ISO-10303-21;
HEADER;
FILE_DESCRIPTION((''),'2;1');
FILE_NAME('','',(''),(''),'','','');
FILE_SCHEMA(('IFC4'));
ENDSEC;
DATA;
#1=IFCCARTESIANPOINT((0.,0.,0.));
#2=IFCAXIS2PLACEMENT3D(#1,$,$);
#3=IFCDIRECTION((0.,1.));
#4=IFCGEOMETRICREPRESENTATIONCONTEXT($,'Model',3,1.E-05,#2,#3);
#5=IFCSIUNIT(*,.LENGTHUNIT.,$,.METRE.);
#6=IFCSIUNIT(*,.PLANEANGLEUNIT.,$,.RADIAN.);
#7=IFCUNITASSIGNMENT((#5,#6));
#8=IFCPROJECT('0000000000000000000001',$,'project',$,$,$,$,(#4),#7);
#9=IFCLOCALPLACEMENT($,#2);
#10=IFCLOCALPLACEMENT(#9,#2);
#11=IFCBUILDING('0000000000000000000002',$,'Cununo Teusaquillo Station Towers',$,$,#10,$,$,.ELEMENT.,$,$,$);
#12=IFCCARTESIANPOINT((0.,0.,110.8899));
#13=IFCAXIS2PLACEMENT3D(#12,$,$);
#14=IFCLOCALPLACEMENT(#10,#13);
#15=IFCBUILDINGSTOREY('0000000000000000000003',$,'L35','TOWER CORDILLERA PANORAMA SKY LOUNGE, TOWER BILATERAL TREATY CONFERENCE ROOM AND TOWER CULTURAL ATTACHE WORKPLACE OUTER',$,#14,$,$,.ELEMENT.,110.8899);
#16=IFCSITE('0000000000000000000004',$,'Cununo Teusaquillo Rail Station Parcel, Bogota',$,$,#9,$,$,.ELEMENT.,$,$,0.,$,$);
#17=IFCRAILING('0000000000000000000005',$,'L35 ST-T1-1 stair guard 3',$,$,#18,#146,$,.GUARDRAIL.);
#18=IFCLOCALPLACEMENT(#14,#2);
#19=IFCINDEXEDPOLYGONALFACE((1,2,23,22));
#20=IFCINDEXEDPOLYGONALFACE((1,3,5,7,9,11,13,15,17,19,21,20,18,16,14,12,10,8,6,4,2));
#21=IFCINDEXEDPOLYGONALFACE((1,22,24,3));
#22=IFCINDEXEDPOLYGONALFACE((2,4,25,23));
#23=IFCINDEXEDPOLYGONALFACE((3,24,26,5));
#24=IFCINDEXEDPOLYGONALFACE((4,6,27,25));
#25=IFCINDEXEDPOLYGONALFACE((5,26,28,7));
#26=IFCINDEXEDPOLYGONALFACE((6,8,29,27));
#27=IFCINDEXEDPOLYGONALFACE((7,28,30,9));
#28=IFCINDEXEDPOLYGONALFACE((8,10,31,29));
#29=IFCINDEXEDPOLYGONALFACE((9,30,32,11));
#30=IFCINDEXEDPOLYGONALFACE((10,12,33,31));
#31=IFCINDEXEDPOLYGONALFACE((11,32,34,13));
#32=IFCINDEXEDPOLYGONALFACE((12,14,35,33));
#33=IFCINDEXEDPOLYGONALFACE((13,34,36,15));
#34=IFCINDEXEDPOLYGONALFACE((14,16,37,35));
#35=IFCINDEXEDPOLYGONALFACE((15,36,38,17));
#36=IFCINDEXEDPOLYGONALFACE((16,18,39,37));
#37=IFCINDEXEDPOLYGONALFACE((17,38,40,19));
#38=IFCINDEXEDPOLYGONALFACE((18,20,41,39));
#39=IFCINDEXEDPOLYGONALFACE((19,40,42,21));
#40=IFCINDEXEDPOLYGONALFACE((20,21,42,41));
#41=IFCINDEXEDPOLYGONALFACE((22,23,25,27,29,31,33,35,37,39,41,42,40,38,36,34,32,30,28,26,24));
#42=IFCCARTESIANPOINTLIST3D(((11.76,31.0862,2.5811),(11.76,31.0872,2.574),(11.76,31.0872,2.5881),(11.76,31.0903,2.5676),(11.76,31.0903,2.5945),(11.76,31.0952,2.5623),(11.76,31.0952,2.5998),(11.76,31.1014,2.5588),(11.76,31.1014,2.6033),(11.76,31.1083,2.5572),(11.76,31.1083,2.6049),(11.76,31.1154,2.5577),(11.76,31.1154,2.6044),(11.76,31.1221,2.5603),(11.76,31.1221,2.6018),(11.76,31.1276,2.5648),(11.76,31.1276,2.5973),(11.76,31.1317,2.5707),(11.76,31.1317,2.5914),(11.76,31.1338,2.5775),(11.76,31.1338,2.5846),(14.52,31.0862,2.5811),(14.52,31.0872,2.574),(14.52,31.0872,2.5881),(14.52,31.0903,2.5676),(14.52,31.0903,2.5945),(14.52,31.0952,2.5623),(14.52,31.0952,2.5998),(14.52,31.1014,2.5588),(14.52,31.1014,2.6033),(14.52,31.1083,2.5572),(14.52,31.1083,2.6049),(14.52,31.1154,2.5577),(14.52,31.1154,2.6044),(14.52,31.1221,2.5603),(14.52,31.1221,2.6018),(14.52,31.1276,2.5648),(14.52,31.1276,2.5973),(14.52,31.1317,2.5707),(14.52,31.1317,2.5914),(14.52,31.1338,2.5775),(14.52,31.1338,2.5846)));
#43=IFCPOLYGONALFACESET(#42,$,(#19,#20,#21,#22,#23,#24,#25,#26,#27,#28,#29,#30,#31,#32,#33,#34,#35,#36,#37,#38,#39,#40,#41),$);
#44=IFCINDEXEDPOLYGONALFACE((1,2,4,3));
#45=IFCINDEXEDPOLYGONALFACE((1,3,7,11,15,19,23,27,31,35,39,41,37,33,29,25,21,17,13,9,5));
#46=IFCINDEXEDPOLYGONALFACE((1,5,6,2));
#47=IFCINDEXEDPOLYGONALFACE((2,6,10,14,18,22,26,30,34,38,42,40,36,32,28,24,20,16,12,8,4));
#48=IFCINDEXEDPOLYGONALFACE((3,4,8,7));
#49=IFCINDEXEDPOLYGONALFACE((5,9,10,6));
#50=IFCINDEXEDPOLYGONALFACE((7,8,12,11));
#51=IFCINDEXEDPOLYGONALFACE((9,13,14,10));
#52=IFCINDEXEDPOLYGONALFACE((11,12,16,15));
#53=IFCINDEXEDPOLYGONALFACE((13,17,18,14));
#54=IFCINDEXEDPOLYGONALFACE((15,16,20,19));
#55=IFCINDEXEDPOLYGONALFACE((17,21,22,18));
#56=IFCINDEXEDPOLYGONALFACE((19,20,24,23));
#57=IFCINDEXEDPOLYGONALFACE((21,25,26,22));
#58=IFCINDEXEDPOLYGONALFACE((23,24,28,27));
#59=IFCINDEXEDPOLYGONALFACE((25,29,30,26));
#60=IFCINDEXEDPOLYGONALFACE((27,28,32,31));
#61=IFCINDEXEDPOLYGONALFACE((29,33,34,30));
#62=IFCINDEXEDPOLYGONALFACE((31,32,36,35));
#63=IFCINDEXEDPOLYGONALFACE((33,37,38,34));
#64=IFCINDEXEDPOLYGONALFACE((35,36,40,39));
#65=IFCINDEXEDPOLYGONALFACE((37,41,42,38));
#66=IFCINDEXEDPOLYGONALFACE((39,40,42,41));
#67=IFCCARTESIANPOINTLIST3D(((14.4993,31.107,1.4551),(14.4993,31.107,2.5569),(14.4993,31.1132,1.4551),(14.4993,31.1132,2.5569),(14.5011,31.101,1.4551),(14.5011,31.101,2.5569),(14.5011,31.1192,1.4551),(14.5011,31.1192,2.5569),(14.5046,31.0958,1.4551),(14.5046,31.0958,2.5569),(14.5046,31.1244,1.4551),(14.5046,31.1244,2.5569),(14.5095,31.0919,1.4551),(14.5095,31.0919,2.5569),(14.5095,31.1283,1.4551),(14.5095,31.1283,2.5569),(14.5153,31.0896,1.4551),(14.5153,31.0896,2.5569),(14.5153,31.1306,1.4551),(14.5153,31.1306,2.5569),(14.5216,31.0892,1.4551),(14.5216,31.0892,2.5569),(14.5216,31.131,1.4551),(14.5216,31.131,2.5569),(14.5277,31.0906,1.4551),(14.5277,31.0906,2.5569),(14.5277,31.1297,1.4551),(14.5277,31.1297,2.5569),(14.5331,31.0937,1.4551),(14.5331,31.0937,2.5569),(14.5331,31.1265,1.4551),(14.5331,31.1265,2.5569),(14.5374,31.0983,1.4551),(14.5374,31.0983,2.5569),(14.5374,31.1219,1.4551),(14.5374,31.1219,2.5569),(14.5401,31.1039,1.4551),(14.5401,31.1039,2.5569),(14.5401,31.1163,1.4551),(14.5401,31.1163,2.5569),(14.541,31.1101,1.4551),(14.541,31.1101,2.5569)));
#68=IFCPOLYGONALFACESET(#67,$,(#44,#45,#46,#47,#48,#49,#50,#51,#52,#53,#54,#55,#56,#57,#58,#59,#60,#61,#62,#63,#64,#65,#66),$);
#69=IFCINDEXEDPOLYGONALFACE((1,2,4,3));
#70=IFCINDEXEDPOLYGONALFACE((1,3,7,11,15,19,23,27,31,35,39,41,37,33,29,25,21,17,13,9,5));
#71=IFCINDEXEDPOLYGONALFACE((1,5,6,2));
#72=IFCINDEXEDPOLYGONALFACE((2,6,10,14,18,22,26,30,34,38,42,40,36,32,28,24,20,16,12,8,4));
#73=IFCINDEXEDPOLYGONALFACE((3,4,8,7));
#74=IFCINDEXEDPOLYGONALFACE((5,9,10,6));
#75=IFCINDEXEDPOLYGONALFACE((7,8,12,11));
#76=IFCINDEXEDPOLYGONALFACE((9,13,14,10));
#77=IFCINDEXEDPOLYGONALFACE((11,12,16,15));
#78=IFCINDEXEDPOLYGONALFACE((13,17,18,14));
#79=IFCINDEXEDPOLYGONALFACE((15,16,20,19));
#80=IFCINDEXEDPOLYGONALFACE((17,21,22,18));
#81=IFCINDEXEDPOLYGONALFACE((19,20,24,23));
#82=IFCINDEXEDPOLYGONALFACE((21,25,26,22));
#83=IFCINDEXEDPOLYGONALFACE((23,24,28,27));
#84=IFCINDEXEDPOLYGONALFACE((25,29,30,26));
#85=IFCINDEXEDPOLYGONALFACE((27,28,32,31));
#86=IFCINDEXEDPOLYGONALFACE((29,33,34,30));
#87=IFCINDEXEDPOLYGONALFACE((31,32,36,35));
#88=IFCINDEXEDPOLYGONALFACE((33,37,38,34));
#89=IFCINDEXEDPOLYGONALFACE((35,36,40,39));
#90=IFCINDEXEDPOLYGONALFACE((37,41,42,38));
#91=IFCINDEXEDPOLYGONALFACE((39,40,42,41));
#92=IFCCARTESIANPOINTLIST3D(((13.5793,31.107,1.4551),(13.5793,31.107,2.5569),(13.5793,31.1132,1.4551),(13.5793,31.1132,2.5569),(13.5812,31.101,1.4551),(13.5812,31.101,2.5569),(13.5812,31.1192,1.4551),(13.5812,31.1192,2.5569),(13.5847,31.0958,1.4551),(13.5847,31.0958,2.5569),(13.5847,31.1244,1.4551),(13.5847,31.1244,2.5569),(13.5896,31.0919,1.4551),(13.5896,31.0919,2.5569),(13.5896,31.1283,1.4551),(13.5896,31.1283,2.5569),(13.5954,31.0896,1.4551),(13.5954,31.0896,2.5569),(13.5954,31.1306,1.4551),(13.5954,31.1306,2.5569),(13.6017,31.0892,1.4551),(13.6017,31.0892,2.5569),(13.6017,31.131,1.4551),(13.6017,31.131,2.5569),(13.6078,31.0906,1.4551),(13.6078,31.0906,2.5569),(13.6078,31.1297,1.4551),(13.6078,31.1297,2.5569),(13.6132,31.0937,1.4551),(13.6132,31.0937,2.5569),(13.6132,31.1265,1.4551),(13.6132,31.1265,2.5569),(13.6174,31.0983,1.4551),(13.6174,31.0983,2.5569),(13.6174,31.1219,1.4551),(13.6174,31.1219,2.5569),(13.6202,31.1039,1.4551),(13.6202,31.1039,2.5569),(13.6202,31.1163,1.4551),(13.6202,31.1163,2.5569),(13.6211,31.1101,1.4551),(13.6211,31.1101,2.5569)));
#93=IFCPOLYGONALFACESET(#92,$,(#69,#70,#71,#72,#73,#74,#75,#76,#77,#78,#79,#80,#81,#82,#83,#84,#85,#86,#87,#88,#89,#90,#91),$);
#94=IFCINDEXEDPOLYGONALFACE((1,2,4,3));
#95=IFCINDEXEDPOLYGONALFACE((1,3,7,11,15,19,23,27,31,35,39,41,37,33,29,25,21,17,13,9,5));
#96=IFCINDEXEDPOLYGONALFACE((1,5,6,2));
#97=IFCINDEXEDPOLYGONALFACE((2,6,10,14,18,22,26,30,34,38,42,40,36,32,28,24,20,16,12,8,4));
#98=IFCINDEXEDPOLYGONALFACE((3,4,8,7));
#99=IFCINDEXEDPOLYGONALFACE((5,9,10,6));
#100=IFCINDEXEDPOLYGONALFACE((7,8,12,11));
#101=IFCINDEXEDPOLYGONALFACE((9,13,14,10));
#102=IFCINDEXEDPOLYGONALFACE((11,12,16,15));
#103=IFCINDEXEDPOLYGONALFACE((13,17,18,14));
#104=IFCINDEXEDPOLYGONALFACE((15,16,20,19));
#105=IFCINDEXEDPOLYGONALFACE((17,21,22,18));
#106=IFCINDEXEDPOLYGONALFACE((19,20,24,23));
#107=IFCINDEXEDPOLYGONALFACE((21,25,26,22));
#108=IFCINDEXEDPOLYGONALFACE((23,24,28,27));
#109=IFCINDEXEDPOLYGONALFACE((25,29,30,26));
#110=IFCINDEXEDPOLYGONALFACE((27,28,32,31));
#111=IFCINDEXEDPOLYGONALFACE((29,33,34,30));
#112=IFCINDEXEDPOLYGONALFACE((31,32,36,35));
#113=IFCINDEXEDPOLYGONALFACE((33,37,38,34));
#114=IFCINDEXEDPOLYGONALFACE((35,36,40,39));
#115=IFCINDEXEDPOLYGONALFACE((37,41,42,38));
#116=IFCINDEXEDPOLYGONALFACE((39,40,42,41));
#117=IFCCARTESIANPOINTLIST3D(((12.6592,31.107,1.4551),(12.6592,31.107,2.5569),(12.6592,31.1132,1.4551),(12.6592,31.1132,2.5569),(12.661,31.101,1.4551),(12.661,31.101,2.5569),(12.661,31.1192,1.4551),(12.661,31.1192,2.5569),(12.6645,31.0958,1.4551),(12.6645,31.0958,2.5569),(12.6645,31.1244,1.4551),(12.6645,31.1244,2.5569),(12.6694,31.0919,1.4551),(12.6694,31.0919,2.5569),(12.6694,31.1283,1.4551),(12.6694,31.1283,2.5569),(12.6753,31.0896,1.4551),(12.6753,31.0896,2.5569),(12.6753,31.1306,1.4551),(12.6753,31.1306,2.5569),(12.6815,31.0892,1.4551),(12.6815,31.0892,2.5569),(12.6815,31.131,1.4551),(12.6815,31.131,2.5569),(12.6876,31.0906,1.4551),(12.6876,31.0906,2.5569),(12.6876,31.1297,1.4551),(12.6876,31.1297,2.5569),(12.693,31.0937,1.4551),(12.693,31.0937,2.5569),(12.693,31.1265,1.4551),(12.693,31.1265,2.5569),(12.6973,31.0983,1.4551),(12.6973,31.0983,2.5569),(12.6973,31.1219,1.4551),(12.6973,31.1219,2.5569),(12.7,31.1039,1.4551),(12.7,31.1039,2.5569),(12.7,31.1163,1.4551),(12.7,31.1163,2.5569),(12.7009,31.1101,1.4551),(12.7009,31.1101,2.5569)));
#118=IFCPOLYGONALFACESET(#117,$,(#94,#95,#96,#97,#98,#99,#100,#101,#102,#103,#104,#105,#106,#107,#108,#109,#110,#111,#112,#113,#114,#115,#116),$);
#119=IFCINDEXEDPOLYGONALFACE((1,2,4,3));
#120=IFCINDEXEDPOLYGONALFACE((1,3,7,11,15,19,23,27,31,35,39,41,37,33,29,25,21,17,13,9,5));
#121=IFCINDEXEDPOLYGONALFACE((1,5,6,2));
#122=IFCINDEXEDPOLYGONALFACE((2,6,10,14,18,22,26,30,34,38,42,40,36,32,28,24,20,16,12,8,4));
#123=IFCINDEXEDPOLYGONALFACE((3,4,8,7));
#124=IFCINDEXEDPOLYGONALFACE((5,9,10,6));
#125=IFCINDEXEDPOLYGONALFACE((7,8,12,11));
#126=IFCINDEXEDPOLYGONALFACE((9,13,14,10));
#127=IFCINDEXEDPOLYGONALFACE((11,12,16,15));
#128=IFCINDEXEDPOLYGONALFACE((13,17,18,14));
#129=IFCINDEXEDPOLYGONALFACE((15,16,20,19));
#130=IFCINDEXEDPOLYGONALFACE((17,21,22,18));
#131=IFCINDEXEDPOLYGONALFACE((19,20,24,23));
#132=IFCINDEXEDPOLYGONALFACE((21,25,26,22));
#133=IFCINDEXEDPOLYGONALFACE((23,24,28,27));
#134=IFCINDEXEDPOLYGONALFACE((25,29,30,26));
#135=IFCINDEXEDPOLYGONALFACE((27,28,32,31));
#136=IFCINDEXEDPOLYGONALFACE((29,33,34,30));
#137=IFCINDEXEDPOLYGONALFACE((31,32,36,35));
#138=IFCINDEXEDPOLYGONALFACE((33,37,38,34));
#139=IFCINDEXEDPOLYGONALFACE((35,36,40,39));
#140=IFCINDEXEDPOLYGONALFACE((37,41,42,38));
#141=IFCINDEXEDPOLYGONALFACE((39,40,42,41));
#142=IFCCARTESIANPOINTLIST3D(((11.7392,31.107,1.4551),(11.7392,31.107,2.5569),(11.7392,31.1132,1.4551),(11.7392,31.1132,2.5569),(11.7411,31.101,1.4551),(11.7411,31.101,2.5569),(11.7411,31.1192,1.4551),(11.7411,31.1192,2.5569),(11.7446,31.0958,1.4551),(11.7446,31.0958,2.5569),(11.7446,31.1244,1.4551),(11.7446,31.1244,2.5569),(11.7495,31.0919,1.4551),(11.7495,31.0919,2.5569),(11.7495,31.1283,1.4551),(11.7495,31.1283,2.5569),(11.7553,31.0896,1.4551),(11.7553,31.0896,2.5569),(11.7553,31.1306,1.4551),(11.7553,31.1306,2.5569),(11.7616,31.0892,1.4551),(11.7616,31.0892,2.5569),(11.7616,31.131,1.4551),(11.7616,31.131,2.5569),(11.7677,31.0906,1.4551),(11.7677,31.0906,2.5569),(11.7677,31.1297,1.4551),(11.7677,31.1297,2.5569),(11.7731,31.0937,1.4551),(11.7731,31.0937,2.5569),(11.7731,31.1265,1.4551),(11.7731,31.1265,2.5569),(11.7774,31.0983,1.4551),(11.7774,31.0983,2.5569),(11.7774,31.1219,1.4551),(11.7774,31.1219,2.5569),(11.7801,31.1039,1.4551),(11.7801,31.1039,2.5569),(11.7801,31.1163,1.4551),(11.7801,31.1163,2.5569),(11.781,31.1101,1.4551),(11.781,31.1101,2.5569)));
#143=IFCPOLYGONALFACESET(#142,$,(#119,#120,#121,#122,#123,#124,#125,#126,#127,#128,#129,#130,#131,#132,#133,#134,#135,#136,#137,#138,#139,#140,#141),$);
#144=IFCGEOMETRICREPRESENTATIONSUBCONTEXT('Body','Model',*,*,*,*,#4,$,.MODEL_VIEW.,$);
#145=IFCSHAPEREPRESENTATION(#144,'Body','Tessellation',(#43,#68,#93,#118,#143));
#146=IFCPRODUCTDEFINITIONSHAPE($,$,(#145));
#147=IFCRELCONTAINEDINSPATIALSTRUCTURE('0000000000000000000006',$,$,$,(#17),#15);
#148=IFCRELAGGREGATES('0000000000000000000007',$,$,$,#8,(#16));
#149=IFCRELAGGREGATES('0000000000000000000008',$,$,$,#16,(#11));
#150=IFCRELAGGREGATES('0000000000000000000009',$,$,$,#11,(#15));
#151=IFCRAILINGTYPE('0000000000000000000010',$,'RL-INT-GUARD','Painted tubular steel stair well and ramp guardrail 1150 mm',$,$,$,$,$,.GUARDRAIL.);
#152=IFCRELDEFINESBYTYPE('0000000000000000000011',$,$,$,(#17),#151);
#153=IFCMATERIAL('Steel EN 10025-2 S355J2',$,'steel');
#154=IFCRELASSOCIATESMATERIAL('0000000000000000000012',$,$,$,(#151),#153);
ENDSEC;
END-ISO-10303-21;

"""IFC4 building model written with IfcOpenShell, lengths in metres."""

from ifc_helpers import new_model, si_unit, direction, frame, origin, origin_2d, place, context, subcontext, project, spatial, circle, extrude, material, type_object, element, save


model = new_model("IFC4")

# Units and contexts
model_context = context("Model", 3, precision=1e-05, world=origin(), true_north=direction((0.0, 1.0)))
body_context = subcontext(model_context, "Body", "Model", "MODEL_VIEW")
ifc_project = project(units=[si_unit("LENGTHUNIT", "METRE"), si_unit("PLANEANGLEUNIT", "RADIAN")], contexts=[model_context])

# Site, building, storey
site_placement = place(None, origin())
site = spatial("IfcSite", under=ifc_project, at=site_placement, Name="Cununo Teusaquillo Rail Station Parcel, Bogota", CompositionType="ELEMENT", RefElevation=0.0)
building_placement = place(site_placement, origin())
building = spatial("IfcBuilding", under=site, at=building_placement, Name="Cununo Teusaquillo Station Towers", CompositionType="ELEMENT")
storey_placement = place(building_placement, frame((0.0, 0.0, 110.8899)))
storey = spatial("IfcBuildingStorey", under=building, at=storey_placement, Name="L35", Description="TOWER CORDILLERA PANORAMA SKY LOUNGE, TOWER BILATERAL TREATY CONFERENCE ROOM AND TOWER CULTURAL ATTACHE WORKPLACE OUTER", CompositionType="ELEMENT", Elevation=110.8899)

# Railing
ifc_material_1 = material(Name="Steel EN 10025-2 S355J2", Category="steel")
railing_type_1 = type_object("IfcRailingType", Name="RL-INT-GUARD", Description="Painted tubular steel stair well and ramp guardrail 1150 mm", PredefinedType="GUARDRAIL", material=ifc_material_1)
railing_1_placement = place(storey_placement, frame((14.52, 31.1101, 1.4551)))
element("IfcRailing", 1, at=railing_1_placement, inside=storey, type_object=railing_type_1, Name="L35 ST-T1-1 stair guard 3", PredefinedType="GUARDRAIL", context=body_context, shape_type="SweptSolid", body=[
    extrude(circle(Radius=0.0239, at=origin_2d()), frame((0.0, 0.0, 1.126), z_axis=(-1.0, 0.0, 0.0), x_axis=(0.0, -1.0, 0.0)), (0.0, 0.0, 1.0), 2.76),
    extrude(circle(Radius=0.021, at=origin_2d()), origin(), (0.0, 0.0, 1.0), 1.1018),
    extrude(circle(Radius=0.021, at=origin_2d()), frame((-0.9199, 0.0, 0.0)), (0.0, 0.0, 1.0), 1.1018),
    extrude(circle(Radius=0.021, at=origin_2d()), frame((-1.8401, 0.0, 0.0)), (0.0, 0.0, 1.0), 1.1018),
    extrude(circle(Radius=0.021, at=origin_2d()), frame((-2.76, 0.0, 0.0)), (0.0, 0.0, 1.0), 1.1018),
])

save(model, "model.ifc")
